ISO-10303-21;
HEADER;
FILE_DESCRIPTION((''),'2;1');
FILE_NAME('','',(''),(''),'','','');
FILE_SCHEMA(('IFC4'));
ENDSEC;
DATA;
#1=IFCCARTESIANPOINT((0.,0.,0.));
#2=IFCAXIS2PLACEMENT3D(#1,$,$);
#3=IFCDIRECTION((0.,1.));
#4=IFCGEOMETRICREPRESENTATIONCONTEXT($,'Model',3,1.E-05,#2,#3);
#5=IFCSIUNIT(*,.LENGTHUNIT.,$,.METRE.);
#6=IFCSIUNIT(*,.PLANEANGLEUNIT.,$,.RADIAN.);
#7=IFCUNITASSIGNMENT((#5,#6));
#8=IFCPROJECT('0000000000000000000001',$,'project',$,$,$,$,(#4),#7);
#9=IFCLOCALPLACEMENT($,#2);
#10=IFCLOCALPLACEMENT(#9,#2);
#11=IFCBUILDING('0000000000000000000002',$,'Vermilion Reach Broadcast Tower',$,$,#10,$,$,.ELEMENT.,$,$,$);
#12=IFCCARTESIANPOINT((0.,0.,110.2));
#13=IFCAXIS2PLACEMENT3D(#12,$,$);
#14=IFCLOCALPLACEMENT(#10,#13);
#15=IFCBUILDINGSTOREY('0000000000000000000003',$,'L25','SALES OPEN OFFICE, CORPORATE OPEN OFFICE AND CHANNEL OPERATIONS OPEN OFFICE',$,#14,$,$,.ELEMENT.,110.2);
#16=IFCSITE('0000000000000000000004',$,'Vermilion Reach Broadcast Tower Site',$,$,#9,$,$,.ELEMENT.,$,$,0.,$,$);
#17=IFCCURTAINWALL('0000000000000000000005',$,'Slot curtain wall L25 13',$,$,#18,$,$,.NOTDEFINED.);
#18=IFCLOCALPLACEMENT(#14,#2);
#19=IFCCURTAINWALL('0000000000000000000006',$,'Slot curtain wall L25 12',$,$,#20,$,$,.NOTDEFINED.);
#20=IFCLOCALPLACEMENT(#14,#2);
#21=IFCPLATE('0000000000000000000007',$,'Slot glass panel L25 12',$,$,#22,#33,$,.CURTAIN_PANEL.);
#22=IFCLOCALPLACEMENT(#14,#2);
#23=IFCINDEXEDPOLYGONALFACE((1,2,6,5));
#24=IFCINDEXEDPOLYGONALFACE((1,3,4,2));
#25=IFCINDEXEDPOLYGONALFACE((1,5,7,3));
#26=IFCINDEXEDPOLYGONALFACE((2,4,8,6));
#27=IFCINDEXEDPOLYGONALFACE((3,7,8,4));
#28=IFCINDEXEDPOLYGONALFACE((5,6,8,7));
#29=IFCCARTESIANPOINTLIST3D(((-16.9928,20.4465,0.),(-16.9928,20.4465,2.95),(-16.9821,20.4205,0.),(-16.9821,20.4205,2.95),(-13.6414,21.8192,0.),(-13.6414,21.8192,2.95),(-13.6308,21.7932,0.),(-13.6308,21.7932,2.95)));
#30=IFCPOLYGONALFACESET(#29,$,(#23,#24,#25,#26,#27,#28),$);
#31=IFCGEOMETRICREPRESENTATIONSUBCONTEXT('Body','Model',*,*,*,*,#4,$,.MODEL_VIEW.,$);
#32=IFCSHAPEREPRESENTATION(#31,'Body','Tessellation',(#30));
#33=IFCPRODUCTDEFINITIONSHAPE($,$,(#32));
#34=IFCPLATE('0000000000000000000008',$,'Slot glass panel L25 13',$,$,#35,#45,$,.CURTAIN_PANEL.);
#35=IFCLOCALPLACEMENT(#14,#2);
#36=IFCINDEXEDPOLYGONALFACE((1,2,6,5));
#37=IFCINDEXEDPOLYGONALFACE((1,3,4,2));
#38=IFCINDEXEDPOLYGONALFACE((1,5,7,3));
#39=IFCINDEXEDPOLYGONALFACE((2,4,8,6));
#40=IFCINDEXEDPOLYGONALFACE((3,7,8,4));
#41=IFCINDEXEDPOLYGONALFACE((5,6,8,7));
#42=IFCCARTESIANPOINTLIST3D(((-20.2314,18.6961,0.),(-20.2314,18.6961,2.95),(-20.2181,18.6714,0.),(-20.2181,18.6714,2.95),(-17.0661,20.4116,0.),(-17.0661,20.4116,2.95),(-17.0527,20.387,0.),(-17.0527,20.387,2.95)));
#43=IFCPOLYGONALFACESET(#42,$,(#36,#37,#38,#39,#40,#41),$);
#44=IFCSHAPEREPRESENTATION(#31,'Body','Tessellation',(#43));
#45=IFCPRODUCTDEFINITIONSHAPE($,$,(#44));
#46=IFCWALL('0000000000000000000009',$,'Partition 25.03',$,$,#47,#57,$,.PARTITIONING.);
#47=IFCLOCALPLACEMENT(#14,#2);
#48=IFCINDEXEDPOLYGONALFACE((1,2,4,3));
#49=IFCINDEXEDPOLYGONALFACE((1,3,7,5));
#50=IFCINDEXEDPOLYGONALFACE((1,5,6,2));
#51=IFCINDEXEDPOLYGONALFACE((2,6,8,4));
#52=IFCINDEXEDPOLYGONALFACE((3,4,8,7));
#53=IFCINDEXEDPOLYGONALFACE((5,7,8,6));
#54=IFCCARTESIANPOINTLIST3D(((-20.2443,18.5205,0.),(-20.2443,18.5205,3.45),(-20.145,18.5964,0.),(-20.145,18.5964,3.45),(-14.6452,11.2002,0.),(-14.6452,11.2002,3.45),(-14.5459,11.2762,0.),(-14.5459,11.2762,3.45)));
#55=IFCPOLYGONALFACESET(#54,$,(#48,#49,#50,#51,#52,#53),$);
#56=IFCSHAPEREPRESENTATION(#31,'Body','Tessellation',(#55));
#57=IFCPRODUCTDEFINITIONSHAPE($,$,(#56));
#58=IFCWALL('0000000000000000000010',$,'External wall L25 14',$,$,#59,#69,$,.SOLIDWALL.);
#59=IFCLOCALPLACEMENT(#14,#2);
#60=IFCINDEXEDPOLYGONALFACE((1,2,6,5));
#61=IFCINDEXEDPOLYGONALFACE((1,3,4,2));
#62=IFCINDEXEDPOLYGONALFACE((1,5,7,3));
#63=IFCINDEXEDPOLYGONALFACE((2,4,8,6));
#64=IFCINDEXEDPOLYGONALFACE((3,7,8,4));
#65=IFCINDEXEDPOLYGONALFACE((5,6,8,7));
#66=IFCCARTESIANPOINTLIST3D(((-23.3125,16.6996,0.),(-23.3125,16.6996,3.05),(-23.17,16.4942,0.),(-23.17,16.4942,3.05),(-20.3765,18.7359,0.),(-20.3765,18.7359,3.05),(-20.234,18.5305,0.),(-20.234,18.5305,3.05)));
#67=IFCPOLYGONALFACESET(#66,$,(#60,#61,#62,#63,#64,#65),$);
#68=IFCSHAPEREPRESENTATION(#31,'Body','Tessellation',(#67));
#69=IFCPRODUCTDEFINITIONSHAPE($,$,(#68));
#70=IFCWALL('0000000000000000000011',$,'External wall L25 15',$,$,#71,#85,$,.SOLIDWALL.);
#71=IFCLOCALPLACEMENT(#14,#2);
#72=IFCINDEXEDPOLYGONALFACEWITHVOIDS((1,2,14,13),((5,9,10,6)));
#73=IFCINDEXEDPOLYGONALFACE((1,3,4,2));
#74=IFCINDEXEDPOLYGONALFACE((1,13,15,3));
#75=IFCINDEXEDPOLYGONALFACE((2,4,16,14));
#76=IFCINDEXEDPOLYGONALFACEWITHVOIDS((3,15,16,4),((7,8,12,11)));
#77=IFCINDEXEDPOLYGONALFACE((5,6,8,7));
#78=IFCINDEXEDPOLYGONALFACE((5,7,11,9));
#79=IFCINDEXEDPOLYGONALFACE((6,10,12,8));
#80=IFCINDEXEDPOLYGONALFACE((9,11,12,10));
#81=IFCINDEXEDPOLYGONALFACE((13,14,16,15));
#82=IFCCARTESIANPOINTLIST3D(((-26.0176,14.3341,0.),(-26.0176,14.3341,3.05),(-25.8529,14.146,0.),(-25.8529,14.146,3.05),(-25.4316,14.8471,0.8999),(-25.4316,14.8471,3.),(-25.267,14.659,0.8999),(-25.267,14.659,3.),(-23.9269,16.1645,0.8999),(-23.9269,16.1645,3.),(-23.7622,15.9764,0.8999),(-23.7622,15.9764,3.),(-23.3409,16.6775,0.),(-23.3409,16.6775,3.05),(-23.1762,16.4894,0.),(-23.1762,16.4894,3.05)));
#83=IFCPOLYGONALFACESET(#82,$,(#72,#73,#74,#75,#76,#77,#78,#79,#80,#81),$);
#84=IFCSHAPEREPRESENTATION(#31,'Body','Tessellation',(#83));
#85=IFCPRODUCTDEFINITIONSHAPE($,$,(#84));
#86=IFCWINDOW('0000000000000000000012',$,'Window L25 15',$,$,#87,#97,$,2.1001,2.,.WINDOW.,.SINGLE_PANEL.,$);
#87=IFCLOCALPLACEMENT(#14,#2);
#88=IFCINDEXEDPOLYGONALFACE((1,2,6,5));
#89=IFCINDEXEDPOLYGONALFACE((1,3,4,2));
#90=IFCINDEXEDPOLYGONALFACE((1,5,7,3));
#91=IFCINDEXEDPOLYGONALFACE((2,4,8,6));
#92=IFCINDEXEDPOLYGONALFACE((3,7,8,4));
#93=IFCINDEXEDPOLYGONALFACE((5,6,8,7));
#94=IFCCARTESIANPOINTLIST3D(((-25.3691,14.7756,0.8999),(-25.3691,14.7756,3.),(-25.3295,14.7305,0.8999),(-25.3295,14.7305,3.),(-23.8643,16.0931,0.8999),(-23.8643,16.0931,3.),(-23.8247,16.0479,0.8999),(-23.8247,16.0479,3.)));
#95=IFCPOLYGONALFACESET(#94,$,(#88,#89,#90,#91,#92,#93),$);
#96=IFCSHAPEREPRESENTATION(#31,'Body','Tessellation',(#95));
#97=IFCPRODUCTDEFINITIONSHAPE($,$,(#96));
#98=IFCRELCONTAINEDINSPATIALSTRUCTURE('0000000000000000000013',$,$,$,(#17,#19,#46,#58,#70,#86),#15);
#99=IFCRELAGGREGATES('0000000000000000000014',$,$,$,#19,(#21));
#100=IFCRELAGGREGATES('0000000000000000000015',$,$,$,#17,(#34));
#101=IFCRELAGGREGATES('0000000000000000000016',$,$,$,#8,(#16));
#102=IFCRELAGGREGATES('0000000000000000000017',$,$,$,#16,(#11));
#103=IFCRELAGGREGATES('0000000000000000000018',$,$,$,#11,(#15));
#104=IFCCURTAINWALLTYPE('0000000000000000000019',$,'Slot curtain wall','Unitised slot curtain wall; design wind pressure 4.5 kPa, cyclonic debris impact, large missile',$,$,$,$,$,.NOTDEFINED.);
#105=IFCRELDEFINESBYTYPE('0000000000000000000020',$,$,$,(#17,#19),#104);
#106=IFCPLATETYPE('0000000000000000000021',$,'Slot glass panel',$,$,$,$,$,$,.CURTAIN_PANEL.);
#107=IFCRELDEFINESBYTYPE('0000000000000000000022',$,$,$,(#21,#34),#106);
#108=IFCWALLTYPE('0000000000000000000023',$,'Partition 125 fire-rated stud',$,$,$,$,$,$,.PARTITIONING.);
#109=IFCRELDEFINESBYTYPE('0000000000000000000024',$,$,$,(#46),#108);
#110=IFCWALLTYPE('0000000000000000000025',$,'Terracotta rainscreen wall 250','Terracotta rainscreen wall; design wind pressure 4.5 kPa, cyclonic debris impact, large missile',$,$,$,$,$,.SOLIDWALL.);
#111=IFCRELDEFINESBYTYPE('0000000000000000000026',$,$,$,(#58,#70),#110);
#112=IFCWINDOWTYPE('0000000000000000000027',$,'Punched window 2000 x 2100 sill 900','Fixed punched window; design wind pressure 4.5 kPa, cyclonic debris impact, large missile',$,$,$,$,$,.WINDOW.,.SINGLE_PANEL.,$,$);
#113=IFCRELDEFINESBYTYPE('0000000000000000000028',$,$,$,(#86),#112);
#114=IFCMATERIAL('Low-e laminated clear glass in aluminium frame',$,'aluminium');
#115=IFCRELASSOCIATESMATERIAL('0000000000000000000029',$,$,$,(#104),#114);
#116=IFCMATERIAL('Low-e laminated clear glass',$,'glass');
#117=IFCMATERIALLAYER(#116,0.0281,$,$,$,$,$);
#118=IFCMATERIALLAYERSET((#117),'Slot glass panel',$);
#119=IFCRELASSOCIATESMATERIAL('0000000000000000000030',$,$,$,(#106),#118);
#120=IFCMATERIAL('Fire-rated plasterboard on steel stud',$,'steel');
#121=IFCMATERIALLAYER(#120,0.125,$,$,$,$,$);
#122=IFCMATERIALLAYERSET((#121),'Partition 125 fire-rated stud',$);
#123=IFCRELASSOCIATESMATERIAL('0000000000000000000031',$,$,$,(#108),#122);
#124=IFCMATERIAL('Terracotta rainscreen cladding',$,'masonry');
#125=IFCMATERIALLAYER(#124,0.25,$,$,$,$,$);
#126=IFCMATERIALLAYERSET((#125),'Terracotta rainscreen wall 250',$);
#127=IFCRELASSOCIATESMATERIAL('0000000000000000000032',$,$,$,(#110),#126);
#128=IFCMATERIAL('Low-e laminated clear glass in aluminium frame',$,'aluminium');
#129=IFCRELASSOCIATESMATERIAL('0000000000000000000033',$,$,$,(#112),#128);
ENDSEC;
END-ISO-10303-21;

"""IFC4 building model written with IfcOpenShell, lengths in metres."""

from ifc_helpers import new_model, si_unit, direction, frame, frame_2d, origin, origin_2d, place, context, subcontext, project, spatial, rectangle, extrude, material, layer, layer_set, type_object, element, fill, aggregate, save


model = new_model("IFC4")

# Units and contexts
model_context = context("Model", 3, precision=1e-05, world=origin(), true_north=direction((0.0, 1.0)))
body_context = subcontext(model_context, "Body", "Model", "MODEL_VIEW")
ifc_project = project(units=[si_unit("LENGTHUNIT", "METRE"), si_unit("PLANEANGLEUNIT", "RADIAN")], contexts=[model_context])

# Site, building, storey
site_placement = place(None, origin())
site = spatial("IfcSite", under=ifc_project, at=site_placement, Name="Vermilion Reach Broadcast Tower Site", CompositionType="ELEMENT", RefElevation=0.0)
building_placement = place(site_placement, origin())
building = spatial("IfcBuilding", under=site, at=building_placement, Name="Vermilion Reach Broadcast Tower", CompositionType="ELEMENT")
storey_placement = place(building_placement, frame((0.0, 0.0, 110.2)))
storey = spatial("IfcBuildingStorey", under=building, at=storey_placement, Name="L25", Description="SALES OPEN OFFICE, CORPORATE OPEN OFFICE AND CHANNEL OPERATIONS OPEN OFFICE", CompositionType="ELEMENT", Elevation=110.2)

# Curtain wall
ifc_material_1 = material(Name="Low-e laminated clear glass in aluminium frame", Category="aluminium")
curtain_wall_type = type_object("IfcCurtainWallType", Name="Slot curtain wall", Description="Unitised slot curtain wall; design wind pressure 4.5 kPa, cyclonic debris impact, large missile", PredefinedType="NOTDEFINED", material=ifc_material_1)
placement = place(storey_placement, origin())
curtain_wall_1 = element("IfcCurtainWall", 1, at=placement, inside=storey, type_object=curtain_wall_type, Name="Slot curtain wall L25 13", PredefinedType="NOTDEFINED")

# Curtain wall, plate
curtain_wall_2 = element("IfcCurtainWall", 2, at=placement, inside=storey, type_object=curtain_wall_type, Name="Slot curtain wall L25 12", PredefinedType="NOTDEFINED")
ifc_material_2 = material(Name="Low-e laminated clear glass", Category="glass")
ifc_layer_1 = layer(ifc_material_2, 0.0281)
ifc_layer_set_1 = layer_set([ifc_layer_1], Name="Slot glass panel")
plate_type = type_object("IfcPlateType", Name="Slot glass panel", PredefinedType="CURTAIN_PANEL", material=ifc_layer_set_1)
plate_1_placement = place(storey_placement, frame((-15.3118, 21.1199, 0.0), z_axis=(0.0, 0.0, 1.0), x_axis=(-0.92538, -0.379041, 0.0)))
plate_1 = element("IfcPlate", 3, at=plate_1_placement, type_object=plate_type, Name="Slot glass panel L25 12", PredefinedType="CURTAIN_PANEL", context=body_context, shape_type="SweptSolid", body=[
    extrude(rectangle(XDim=3.6216, YDim=0.0281, at=origin_2d()), origin(), (0.0, 0.0, 1.0), 2.95),
])
aggregate(curtain_wall_2, [plate_1])

# Plate
plate_2_placement = place(storey_placement, frame((-18.6421, 19.5415, 0.0), z_axis=(0.0, 0.0, 1.0), x_axis=(-0.87917, -0.476507, 0.0)))
plate_2 = element("IfcPlate", 4, at=plate_2_placement, type_object=plate_type, Name="Slot glass panel L25 13", PredefinedType="CURTAIN_PANEL", context=body_context, shape_type="SweptSolid", body=[
    extrude(rectangle(XDim=3.6003, YDim=0.0281, at=origin_2d()), origin(), (0.0, 0.0, 1.0), 2.95),
])
aggregate(curtain_wall_1, [plate_2])

# Walls
ifc_material_3 = material(Name="Fire-rated plasterboard on steel stud", Category="steel")
ifc_layer_2 = layer(ifc_material_3, 0.125)
ifc_layer_set_2 = layer_set([ifc_layer_2], Name="Partition 125 fire-rated stud")
wall_type_1 = type_object("IfcWallType", Name="Partition 125 fire-rated stud", PredefinedType="PARTITIONING", material=ifc_layer_set_2)
wall_1_placement = place(storey_placement, frame((-20.1946, 18.5583, 0.0), z_axis=(0.0, 0.0, 1.0), x_axis=(0.607535, -0.794293, 0.0)))
element("IfcWall", 5, at=wall_1_placement, inside=storey, type_object=wall_type_1, Name="Partition 25.03", PredefinedType="PARTITIONING", context=body_context, shape_type="SweptSolid", body=[
    extrude(rectangle(XDim=9.2161, YDim=0.125, at=frame_2d((4.6079, 0.0))), origin(), (0.0, 0.0, 1.0), 3.45),
])
ifc_material_4 = material(Name="Terracotta rainscreen cladding", Category="masonry")
ifc_layer_3 = layer(ifc_material_4, 0.25)
ifc_layer_set_3 = layer_set([ifc_layer_3], Name="Terracotta rainscreen wall 250")
wall_type_2 = type_object("IfcWallType", Name="Terracotta rainscreen wall 250", Description="Terracotta rainscreen wall; design wind pressure 4.5 kPa, cyclonic debris impact, large missile", PredefinedType="SOLIDWALL", material=ifc_layer_set_3)
wall_2_placement = place(storey_placement, frame((-20.3052, 18.6333, 0.0), z_axis=(0.0, 0.0, 1.0), x_axis=(-0.821702, -0.569917, 0.0)))
element("IfcWall", 6, at=wall_2_placement, inside=storey, type_object=wall_type_2, Name="External wall L25 14", PredefinedType="SOLIDWALL", context=body_context, shape_type="SweptSolid", body=[
    extrude(rectangle(XDim=3.573, YDim=0.25, at=frame_2d((1.7866, 0.0))), origin(), (0.0, 0.0, 1.0), 3.05),
])

# Wall, opening, window
wall_3_placement = place(storey_placement, frame((-23.2585, 16.5835, 0.0), z_axis=(0.0, 0.0, 1.0), x_axis=(-0.75239, -0.658718, 0.0)))
wall_3 = element("IfcWall", 7, at=wall_3_placement, inside=storey, type_object=wall_type_2, Name="External wall L25 15", PredefinedType="SOLIDWALL", context=body_context, shape_type="SweptSolid", body=[
    extrude(rectangle(XDim=3.5576, YDim=0.25, at=frame_2d((1.7788, 0.0))), origin(), (0.0, 0.0, 1.0), 3.05),
])
opening_1_placement = place(wall_3_placement, frame((0.7788, 0.0, 0.8999)))
opening_1 = element("IfcOpeningElement", 8, at=opening_1_placement, cuts=wall_3, PredefinedType="OPENING", context=body_context, shape_type="SweptSolid", body=[
    extrude(rectangle(XDim=2.0, YDim=2.1001, at=frame_2d((1.0, 1.05))), frame((0.0, 0.135, 0.0), z_axis=(0.0, -1.0, 0.0), x_axis=(1.0, 0.0, 0.0)), (0.0, 0.0, 1.0), 0.27),
])
ifc_material_5 = material(Name="Low-e laminated clear glass in aluminium frame", Category="aluminium")
window_type = type_object("IfcWindowType", Name="Punched window 2000 x 2100 sill 900", Description="Fixed punched window; design wind pressure 4.5 kPa, cyclonic debris impact, large missile", PartitioningType="SINGLE_PANEL", PredefinedType="WINDOW", material=ifc_material_5)
window_placement = place(opening_1_placement, origin())
window = element("IfcWindow", 9, at=window_placement, inside=storey, type_object=window_type, Name="Window L25 15", OverallHeight=2.1001, OverallWidth=2.0, PartitioningType="SINGLE_PANEL", PredefinedType="WINDOW", context=body_context, shape_type="SweptSolid", body=[
    extrude(rectangle(XDim=2.0, YDim=2.1001, at=frame_2d((1.0, 1.05))), frame((0.0, 0.03, 0.0), z_axis=(0.0, -1.0, 0.0), x_axis=(1.0, 0.0, 0.0)), (0.0, 0.0, 1.0), 0.0601),
])
fill(opening_1, window)

save(model, "model.ifc")
